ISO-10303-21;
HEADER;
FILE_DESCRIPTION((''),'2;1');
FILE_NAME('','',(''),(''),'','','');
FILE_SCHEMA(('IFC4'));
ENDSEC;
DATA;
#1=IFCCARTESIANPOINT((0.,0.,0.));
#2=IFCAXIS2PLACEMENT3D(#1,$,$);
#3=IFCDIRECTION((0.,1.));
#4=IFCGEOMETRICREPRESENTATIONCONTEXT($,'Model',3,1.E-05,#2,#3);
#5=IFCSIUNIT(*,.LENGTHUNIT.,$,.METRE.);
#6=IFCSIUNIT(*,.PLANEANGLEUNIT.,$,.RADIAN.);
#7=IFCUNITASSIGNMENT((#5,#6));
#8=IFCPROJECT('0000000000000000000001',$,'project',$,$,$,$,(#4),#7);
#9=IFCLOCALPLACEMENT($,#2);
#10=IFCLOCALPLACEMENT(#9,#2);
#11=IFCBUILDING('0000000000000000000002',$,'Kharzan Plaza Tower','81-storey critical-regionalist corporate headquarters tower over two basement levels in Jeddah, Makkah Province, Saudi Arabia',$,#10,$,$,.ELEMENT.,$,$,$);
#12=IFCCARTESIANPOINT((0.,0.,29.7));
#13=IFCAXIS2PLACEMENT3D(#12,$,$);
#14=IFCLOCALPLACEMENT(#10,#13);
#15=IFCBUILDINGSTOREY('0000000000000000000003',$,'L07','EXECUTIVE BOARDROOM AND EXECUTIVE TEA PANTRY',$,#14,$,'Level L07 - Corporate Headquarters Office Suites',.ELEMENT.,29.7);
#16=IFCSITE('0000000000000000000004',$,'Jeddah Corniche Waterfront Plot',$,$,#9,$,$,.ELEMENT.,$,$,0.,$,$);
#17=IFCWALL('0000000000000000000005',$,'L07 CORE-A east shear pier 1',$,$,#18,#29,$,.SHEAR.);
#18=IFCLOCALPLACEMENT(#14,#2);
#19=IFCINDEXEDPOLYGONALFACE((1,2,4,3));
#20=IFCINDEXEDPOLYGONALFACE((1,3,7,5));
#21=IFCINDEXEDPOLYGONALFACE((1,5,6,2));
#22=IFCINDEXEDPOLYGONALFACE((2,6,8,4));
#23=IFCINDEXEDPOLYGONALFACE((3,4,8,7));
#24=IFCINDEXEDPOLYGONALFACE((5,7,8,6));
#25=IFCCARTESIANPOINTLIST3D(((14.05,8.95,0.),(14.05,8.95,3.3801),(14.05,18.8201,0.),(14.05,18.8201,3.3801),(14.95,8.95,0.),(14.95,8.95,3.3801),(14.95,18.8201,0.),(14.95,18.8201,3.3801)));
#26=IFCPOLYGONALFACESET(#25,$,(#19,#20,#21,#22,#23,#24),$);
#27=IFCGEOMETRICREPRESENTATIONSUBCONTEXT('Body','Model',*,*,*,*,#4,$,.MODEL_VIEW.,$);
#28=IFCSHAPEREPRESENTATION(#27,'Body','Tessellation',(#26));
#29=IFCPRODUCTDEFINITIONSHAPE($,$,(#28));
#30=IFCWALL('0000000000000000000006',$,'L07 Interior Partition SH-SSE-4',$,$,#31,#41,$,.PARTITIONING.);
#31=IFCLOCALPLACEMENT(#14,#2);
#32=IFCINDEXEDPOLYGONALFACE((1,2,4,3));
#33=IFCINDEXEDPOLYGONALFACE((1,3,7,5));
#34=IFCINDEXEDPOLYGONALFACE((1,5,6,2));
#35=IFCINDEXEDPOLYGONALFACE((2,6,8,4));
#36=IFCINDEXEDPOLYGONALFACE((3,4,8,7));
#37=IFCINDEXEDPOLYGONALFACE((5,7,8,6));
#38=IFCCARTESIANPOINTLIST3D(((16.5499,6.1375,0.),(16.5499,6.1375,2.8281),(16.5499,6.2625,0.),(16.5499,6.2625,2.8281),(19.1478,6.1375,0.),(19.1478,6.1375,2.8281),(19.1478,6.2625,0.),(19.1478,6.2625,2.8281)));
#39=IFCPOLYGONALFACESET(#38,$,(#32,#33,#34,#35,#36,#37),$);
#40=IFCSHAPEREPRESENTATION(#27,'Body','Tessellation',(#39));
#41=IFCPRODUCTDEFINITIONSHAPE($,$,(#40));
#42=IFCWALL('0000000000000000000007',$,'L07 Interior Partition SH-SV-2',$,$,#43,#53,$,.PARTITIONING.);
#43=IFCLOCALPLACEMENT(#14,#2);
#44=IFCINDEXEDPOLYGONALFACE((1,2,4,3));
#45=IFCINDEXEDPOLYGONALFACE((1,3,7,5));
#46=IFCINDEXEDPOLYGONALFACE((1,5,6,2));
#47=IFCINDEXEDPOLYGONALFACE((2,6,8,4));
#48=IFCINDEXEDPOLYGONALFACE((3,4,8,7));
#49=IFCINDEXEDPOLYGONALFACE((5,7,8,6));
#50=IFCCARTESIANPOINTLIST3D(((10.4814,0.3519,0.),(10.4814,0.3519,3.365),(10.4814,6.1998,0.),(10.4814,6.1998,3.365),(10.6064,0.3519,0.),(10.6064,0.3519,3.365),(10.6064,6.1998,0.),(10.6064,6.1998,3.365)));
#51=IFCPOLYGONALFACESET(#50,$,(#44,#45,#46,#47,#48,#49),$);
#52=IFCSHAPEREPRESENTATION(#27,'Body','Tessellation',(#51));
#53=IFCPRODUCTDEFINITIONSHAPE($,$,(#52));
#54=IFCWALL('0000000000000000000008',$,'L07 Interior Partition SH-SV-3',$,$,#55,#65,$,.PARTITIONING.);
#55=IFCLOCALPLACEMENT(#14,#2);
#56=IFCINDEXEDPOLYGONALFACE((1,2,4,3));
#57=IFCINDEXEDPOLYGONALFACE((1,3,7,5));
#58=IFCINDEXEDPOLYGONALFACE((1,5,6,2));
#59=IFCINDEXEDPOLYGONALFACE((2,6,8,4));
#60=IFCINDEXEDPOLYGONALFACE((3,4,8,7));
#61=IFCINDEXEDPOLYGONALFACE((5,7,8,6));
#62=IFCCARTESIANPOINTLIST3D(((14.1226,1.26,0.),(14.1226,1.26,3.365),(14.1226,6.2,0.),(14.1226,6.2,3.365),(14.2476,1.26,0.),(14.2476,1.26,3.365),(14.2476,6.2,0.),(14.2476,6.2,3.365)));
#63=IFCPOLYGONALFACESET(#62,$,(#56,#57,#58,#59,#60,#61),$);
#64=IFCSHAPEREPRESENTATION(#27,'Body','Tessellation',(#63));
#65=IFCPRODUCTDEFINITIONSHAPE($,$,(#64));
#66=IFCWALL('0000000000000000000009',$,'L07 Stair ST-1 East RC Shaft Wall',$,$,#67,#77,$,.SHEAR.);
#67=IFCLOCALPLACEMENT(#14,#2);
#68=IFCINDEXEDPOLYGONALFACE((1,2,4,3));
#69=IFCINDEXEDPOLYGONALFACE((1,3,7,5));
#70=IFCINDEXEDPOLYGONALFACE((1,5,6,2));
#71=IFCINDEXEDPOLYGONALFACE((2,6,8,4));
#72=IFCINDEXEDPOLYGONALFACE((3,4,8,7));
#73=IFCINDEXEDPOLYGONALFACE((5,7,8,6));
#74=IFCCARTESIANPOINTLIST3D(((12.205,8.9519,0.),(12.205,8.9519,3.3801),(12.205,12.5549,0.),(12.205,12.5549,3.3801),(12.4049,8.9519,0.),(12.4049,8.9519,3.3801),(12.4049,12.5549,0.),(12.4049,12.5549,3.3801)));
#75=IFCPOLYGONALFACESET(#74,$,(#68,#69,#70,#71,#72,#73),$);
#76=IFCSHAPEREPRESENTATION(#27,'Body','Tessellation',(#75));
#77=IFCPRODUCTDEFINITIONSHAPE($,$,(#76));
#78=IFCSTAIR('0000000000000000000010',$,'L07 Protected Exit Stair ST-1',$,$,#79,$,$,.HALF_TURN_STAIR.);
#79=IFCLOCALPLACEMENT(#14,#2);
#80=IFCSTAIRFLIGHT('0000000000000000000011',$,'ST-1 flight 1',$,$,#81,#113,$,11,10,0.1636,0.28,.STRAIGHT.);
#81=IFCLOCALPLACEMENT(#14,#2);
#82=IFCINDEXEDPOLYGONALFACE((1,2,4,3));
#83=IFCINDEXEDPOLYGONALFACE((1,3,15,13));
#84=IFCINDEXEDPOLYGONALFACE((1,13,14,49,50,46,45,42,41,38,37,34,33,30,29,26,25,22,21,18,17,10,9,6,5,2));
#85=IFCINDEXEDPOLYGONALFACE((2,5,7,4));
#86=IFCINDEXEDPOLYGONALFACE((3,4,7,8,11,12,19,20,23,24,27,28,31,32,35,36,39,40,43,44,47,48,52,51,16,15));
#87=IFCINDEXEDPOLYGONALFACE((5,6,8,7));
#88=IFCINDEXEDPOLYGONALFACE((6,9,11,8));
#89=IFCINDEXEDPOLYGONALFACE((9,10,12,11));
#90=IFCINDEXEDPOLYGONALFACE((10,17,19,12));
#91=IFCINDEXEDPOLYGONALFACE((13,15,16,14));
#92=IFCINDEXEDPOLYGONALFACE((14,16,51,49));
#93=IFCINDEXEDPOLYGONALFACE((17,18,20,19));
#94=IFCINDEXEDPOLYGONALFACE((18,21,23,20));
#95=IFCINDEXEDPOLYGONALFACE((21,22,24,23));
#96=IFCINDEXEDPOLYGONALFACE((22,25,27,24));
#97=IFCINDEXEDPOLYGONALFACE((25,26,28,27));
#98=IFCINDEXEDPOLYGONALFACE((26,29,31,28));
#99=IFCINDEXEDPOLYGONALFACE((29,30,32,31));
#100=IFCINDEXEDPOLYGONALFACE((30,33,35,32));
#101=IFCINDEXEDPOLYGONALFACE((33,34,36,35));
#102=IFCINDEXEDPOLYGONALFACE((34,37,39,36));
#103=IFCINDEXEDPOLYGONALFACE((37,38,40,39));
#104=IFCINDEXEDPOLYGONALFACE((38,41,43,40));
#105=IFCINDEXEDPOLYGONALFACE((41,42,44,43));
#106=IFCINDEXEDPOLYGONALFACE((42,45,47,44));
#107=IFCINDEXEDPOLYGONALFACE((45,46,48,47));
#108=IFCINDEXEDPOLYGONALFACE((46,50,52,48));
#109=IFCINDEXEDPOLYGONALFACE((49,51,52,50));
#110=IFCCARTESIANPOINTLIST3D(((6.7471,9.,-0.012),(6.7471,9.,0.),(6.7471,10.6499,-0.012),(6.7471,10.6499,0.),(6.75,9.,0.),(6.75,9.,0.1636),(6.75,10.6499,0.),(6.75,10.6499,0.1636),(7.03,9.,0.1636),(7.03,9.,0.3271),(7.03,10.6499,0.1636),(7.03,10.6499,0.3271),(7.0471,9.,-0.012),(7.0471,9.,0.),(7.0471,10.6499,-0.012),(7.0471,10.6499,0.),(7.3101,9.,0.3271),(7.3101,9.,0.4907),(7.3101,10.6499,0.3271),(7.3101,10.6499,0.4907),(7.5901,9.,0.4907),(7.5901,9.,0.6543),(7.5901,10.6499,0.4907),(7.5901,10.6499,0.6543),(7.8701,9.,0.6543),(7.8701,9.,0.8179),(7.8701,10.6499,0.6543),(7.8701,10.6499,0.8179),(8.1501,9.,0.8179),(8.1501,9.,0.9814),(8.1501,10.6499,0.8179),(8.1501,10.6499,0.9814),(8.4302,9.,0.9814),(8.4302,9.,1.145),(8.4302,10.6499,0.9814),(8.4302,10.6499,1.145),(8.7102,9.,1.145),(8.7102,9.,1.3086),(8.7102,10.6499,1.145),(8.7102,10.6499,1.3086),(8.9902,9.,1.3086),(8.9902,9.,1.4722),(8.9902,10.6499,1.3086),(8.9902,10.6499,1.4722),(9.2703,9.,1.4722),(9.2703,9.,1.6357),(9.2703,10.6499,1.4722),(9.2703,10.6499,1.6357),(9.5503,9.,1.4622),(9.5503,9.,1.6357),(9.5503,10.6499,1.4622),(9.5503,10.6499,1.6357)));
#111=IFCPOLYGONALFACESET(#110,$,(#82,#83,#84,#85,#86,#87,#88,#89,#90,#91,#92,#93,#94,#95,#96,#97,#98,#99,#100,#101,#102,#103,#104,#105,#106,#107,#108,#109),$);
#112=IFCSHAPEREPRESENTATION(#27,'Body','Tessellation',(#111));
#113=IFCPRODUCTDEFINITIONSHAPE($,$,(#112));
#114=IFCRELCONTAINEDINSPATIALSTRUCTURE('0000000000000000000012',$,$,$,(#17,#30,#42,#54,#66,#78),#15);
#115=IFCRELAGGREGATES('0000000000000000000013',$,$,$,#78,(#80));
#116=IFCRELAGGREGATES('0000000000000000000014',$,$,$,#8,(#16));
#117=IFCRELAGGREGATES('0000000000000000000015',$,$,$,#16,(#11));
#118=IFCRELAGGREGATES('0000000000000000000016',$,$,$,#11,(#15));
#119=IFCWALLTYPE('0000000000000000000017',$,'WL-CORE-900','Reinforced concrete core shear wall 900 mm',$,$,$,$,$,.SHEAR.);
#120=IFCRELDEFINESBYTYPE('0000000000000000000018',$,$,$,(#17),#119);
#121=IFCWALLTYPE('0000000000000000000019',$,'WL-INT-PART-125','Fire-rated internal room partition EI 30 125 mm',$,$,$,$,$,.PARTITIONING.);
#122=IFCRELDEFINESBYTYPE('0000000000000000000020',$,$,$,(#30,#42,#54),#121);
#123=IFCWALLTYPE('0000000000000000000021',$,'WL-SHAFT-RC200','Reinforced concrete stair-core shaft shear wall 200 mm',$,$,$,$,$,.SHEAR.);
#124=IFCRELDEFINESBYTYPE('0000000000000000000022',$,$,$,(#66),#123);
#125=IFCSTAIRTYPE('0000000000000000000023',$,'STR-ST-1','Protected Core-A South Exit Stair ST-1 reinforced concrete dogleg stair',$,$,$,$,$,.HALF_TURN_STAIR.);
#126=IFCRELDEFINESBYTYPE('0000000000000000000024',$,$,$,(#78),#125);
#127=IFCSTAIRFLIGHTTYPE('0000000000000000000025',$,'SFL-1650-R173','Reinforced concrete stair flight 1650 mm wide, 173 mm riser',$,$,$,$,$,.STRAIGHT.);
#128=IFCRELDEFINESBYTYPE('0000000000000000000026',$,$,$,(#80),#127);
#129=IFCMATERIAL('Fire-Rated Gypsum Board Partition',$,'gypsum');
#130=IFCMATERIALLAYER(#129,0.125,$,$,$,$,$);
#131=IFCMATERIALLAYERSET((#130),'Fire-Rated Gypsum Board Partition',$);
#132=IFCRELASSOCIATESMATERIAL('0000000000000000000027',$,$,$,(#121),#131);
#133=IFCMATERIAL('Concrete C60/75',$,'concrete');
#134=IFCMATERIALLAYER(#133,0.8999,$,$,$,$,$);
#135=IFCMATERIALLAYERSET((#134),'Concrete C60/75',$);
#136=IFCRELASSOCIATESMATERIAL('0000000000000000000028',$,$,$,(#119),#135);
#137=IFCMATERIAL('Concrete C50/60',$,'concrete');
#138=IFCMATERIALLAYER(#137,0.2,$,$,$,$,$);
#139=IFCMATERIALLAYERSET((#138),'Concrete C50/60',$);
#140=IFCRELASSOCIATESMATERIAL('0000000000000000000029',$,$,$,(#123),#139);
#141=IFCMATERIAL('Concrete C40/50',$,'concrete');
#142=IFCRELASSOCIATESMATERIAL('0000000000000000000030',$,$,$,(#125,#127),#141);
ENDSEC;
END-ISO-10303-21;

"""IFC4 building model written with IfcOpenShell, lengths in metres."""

from ifc_helpers import new_model, si_unit, direction, frame, frame_2d, origin, place, context, subcontext, project, spatial, polyline, rectangle, outline, extrude, source, transform, mapped, material, layer, layer_set, type_object, element, aggregate, save


model = new_model("IFC4")

# Units and contexts
model_context = context("Model", 3, precision=1e-05, world=origin(), true_north=direction((0.0, 1.0)))
body_context = subcontext(model_context, "Body", "Model", "MODEL_VIEW")
ifc_project = project(units=[si_unit("LENGTHUNIT", "METRE"), si_unit("PLANEANGLEUNIT", "RADIAN")], contexts=[model_context])

# Site, building, storey
site_placement = place(None, origin())
site = spatial("IfcSite", under=ifc_project, at=site_placement, Name="Jeddah Corniche Waterfront Plot", CompositionType="ELEMENT", RefElevation=0.0)
building_placement = place(site_placement, origin())
building = spatial("IfcBuilding", under=site, at=building_placement, Name="Kharzan Plaza Tower", Description="81-storey critical-regionalist corporate headquarters tower over two basement levels in Jeddah, Makkah Province, Saudi Arabia", CompositionType="ELEMENT")
storey_placement = place(building_placement, frame((0.0, 0.0, 29.7)))
storey = spatial("IfcBuildingStorey", under=building, at=storey_placement, Name="L07", Description="EXECUTIVE BOARDROOM AND EXECUTIVE TEA PANTRY", LongName="Level L07 - Corporate Headquarters Office Suites", CompositionType="ELEMENT", Elevation=29.7)

# Shared definitions
ifc_material_1 = material(Name="Concrete C60/75", Category="concrete")

# Shared definitions
ifc_material_2 = material(Name="Concrete C40/50", Category="concrete")

# Shared definitions
ifc_material_3 = material(Name="Fire-Rated Gypsum Board Partition", Category="gypsum")
ifc_layer_1 = layer(ifc_material_3, 0.125)
ifc_layer_set_1 = layer_set([ifc_layer_1], Name="Fire-Rated Gypsum Board Partition")
wall_type_1 = type_object("IfcWallType", Name="WL-INT-PART-125", Description="Fire-rated internal room partition EI 30 125 mm", PredefinedType="PARTITIONING", material=ifc_layer_set_1)

# Walls
ifc_layer_2 = layer(ifc_material_1, 0.8999)
ifc_layer_set_2 = layer_set([ifc_layer_2], Name="Concrete C60/75")
wall_type_2 = type_object("IfcWallType", Name="WL-CORE-900", Description="Reinforced concrete core shear wall 900 mm", PredefinedType="SHEAR", material=ifc_layer_set_2)
shared_shape_1 = source(origin(), body_context, "Body", "SweptSolid", [
    extrude(rectangle(XDim=9.8701, YDim=0.8999, at=frame_2d((4.9351, 0.0))), origin(), (0.0, 0.0, 1.0), 3.3801),
])
wall_1_placement = place(storey_placement, frame((14.5, 8.95, 0.0), z_axis=(0.0, 0.0, 1.0), x_axis=(0.0, 1.0, 0.0)))
element("IfcWall", 1, at=wall_1_placement, inside=storey, type_object=wall_type_2, Name="L07 CORE-A east shear pier 1", PredefinedType="SHEAR", context=body_context, shape_type="MappedRepresentation", body=[
    mapped(shared_shape_1, transform((0.0, 0.0, 0.0), x_axis=(1.0, 0.0, 0.0), y_axis=(0.0, 1.0, 0.0), z_axis=(0.0, 0.0, 1.0))),
])
shared_shape_2 = source(origin(), body_context, "Body", "SweptSolid", [
    extrude(rectangle(XDim=2.5979, YDim=0.125, at=frame_2d((1.2988, 0.0))), origin(), (0.0, 0.0, 1.0), 2.8281),
])
wall_2_placement = place(storey_placement, frame((16.55, 6.2, 0.0), z_axis=(0.0, 0.0, 1.0), x_axis=(1.0, 0.0, 0.0)))
element("IfcWall", 2, at=wall_2_placement, inside=storey, type_object=wall_type_1, Name="L07 Interior Partition SH-SSE-4", PredefinedType="PARTITIONING", context=body_context, shape_type="MappedRepresentation", body=[
    mapped(shared_shape_2, transform((0.0, 0.0, 0.0), x_axis=(1.0, 0.0, 0.0), y_axis=(0.0, 1.0, 0.0), z_axis=(0.0, 0.0, 1.0))),
])
shared_shape_3 = source(origin(), body_context, "Body", "SweptSolid", [
    extrude(rectangle(XDim=5.8479, YDim=0.125, at=frame_2d((2.9238, 0.0))), origin(), (0.0, 0.0, 1.0), 3.365),
])
wall_3_placement = place(storey_placement, frame((10.5439, 0.3521, 0.0), z_axis=(0.0, 0.0, 1.0), x_axis=(0.0, 1.0, 0.0)))
element("IfcWall", 3, at=wall_3_placement, inside=storey, type_object=wall_type_1, Name="L07 Interior Partition SH-SV-2", PredefinedType="PARTITIONING", context=body_context, shape_type="MappedRepresentation", body=[
    mapped(shared_shape_3, transform((0.0, 0.0, 0.0), x_axis=(1.0, 0.0, 0.0), y_axis=(0.0, 1.0, 0.0), z_axis=(0.0, 0.0, 1.0))),
])
shared_shape_4 = source(origin(), body_context, "Body", "SweptSolid", [
    extrude(rectangle(XDim=4.9399, YDim=0.125, at=frame_2d((2.47, 0.0))), origin(), (0.0, 0.0, 1.0), 3.365),
])
wall_4_placement = place(storey_placement, frame((14.1851, 1.26, 0.0), z_axis=(0.0, 0.0, 1.0), x_axis=(0.0, 1.0, 0.0)))
element("IfcWall", 4, at=wall_4_placement, inside=storey, type_object=wall_type_1, Name="L07 Interior Partition SH-SV-3", PredefinedType="PARTITIONING", context=body_context, shape_type="MappedRepresentation", body=[
    mapped(shared_shape_4, transform((0.0, 0.0, 0.0), x_axis=(1.0, 0.0, 0.0), y_axis=(0.0, 1.0, 0.0), z_axis=(0.0, 0.0, 1.0))),
])
ifc_material_4 = material(Name="Concrete C50/60", Category="concrete")
ifc_layer_3 = layer(ifc_material_4, 0.2)
ifc_layer_set_3 = layer_set([ifc_layer_3], Name="Concrete C50/60")
wall_type_3 = type_object("IfcWallType", Name="WL-SHAFT-RC200", Description="Reinforced concrete stair-core shaft shear wall 200 mm", PredefinedType="SHEAR", material=ifc_layer_set_3)
shared_shape_5 = source(origin(), body_context, "Body", "SweptSolid", [
    extrude(rectangle(XDim=3.603, YDim=0.2, at=frame_2d((1.8015, 0.0))), origin(), (0.0, 0.0, 1.0), 3.3801),
])
wall_5_placement = place(storey_placement, frame((12.3049, 8.9519, 0.0), z_axis=(0.0, 0.0, 1.0), x_axis=(0.0, 1.0, 0.0)))
element("IfcWall", 5, at=wall_5_placement, inside=storey, type_object=wall_type_3, Name="L07 Stair ST-1 East RC Shaft Wall", PredefinedType="SHEAR", context=body_context, shape_type="MappedRepresentation", body=[
    mapped(shared_shape_5, transform((0.0, 0.0, 0.0), x_axis=(1.0, 0.0, 0.0), y_axis=(0.0, 1.0, 0.0), z_axis=(0.0, 0.0, 1.0))),
])

# Stair, stair flight
stair_type = type_object("IfcStairType", Name="STR-ST-1", Description="Protected Core-A South Exit Stair ST-1 reinforced concrete dogleg stair", PredefinedType="HALF_TURN_STAIR", material=ifc_material_2)
stair_placement = place(storey_placement, origin())
stair = element("IfcStair", 6, at=stair_placement, inside=storey, type_object=stair_type, Name="L07 Protected Exit Stair ST-1", PredefinedType="HALF_TURN_STAIR")
stair_flight_type = type_object("IfcStairFlightType", Name="SFL-1650-R173", Description="Reinforced concrete stair flight 1650 mm wide, 173 mm riser", PredefinedType="STRAIGHT", material=ifc_material_2)
shared_shape_6 = source(origin(), body_context, "Body", "SweptSolid", [
    extrude(outline(polyline([(-0.0029, -0.012), (-0.0029, 0.0), (0.0, 0.0), (0.0, 0.1636), (0.28, 0.1636), (0.28, 0.3271), (0.5601, 0.3271), (0.5601, 0.4907), (0.8401, 0.4907), (0.8401, 0.6543), (1.1201, 0.6543), (1.1201, 0.8179), (1.4001, 0.8179), (1.4001, 0.9814), (1.6802, 0.9814), (1.6802, 1.145), (1.9602, 1.145), (1.9602, 1.3086), (2.2402, 1.3086), (2.2402, 1.4722), (2.5203, 1.4722), (2.5203, 1.6357), (2.8003, 1.6357), (2.8003, 1.7993), (2.8003, 1.4622), (0.2971, 0.0), (0.2971, -0.012), (-0.0029, -0.012)])), frame((0.0, 0.825, 0.0), z_axis=(0.0, -1.0, 0.0), x_axis=(1.0, 0.0, 0.0)), (0.0, 0.0, 1.0), 1.6499),
])
stair_flight_placement = place(storey_placement, frame((6.75, 9.825, 0.0), z_axis=(0.0, 0.0, 1.0), x_axis=(1.0, 0.0, 0.0)))
stair_flight = element("IfcStairFlight", 7, at=stair_flight_placement, type_object=stair_flight_type, Name="ST-1 flight 1", NumberOfRisers=11, NumberOfTreads=10, PredefinedType="STRAIGHT", RiserHeight=0.1636, TreadLength=0.28, context=body_context, shape_type="MappedRepresentation", body=[
    mapped(shared_shape_6, transform((0.0, 0.0, 0.0), x_axis=(1.0, 0.0, 0.0), y_axis=(0.0, 1.0, 0.0), z_axis=(0.0, 0.0, 1.0))),
])
aggregate(stair, [stair_flight])

save(model, "model.ifc")
